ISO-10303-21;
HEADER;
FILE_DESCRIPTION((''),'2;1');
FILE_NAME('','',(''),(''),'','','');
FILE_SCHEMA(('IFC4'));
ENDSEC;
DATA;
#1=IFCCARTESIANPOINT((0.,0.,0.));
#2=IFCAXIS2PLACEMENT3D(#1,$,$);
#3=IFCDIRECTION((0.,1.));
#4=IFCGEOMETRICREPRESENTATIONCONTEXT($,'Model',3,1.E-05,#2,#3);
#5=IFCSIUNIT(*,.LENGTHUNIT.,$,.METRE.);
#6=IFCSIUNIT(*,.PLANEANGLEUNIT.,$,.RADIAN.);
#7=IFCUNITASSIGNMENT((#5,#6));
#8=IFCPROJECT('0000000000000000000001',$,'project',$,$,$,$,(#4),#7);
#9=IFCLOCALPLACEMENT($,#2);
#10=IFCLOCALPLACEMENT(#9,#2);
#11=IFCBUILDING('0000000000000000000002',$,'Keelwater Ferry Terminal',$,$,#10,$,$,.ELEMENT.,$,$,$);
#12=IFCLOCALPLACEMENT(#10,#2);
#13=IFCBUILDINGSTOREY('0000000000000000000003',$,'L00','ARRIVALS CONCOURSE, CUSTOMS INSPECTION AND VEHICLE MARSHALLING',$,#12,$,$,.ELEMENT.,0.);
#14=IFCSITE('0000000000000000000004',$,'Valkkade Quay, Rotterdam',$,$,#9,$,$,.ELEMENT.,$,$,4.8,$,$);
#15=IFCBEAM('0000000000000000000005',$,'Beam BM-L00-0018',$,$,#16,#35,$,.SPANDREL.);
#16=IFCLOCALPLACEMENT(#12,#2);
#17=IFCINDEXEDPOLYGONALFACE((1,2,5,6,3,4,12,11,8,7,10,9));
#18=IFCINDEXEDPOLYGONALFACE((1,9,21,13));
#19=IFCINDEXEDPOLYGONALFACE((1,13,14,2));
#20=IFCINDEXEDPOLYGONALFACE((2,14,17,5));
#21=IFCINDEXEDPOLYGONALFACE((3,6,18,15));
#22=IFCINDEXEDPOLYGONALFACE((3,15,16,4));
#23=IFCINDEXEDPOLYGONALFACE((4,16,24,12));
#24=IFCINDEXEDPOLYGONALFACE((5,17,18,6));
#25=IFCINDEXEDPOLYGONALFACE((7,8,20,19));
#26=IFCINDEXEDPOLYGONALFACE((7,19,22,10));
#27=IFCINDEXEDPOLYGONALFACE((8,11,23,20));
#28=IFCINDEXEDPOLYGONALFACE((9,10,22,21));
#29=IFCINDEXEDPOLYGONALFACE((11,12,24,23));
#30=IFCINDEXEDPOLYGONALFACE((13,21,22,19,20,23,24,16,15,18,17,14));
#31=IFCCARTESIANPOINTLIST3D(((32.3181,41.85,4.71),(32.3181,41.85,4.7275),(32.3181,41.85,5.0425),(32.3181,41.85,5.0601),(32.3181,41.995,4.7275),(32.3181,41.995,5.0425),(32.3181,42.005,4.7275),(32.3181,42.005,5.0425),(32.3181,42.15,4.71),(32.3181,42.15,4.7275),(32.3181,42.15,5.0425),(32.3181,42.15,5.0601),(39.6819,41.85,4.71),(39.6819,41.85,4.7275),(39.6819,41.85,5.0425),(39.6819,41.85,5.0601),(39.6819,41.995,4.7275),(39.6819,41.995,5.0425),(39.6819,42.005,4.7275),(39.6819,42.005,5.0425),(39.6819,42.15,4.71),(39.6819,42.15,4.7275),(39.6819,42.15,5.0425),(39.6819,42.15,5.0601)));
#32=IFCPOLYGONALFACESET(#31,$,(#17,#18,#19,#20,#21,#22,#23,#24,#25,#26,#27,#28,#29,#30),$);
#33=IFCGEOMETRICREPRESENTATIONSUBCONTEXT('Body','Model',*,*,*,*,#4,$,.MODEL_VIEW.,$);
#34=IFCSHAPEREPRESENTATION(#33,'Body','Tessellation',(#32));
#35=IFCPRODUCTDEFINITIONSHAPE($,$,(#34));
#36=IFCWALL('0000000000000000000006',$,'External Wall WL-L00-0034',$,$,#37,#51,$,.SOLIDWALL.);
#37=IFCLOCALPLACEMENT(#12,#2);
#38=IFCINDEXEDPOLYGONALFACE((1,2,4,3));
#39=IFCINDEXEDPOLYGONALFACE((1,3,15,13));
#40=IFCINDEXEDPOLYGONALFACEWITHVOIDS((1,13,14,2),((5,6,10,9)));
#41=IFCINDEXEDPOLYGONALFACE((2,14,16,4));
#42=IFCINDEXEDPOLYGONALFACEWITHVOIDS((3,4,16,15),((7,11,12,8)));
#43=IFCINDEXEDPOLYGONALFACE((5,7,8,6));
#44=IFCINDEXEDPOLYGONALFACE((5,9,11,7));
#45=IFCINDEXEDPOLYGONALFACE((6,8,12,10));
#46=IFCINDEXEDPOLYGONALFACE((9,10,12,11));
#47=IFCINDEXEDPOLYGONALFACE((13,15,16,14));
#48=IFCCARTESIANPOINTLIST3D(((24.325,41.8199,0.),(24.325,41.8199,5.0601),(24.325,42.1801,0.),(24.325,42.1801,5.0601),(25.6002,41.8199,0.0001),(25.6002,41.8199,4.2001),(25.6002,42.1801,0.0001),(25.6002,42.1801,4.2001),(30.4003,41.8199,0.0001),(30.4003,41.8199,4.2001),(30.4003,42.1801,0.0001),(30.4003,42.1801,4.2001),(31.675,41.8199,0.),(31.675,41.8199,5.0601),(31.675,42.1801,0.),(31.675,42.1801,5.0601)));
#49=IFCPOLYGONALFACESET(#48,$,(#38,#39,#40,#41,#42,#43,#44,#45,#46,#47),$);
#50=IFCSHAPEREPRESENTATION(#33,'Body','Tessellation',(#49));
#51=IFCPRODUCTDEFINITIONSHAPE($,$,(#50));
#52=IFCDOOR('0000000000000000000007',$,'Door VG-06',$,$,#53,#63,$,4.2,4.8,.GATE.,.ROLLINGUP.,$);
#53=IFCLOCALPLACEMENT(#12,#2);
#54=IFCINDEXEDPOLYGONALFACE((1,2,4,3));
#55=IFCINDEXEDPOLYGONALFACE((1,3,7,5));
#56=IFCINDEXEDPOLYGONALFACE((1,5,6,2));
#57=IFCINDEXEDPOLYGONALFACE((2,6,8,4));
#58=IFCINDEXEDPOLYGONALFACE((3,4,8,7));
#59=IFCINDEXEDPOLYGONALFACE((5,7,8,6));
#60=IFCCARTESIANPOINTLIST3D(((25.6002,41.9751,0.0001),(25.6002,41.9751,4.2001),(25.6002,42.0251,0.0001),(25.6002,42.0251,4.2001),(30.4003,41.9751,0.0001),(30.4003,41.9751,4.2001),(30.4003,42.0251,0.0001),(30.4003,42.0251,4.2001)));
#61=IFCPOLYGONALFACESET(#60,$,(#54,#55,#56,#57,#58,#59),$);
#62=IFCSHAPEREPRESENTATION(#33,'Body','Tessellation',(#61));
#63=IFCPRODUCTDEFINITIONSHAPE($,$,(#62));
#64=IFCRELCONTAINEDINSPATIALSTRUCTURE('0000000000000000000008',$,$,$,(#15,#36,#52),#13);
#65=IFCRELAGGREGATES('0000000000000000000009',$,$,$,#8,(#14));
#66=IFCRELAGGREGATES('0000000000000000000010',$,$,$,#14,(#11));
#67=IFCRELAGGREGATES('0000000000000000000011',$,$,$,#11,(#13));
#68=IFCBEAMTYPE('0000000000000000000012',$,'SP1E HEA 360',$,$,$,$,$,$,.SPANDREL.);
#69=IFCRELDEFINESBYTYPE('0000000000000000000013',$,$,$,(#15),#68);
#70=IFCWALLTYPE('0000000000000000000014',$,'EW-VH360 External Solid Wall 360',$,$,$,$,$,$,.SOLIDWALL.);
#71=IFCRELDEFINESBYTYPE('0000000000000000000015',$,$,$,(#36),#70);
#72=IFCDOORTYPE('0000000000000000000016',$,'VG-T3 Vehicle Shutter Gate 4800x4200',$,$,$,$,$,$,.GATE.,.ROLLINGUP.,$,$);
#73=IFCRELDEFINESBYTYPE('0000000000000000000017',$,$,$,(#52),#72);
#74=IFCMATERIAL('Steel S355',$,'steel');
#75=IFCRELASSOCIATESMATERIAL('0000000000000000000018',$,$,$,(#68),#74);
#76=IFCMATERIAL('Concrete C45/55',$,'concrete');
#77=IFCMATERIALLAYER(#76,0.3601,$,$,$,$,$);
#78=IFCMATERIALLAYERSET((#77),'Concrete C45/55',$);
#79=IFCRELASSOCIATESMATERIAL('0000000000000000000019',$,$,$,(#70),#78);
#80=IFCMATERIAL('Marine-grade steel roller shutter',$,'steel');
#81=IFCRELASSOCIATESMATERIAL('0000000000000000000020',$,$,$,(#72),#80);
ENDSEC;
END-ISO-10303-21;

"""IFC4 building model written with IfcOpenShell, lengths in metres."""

from ifc_helpers import new_model, si_unit, direction, frame, frame_2d, origin, origin_2d, place, context, subcontext, project, spatial, rectangle, i_section, extrude, material, layer, layer_set, material_profile, profile_set, type_object, element, fill, save


model = new_model("IFC4")

# Units and contexts
model_context = context("Model", 3, precision=1e-05, world=origin(), true_north=direction((0.0, 1.0)))
body_context = subcontext(model_context, "Body", "Model", "MODEL_VIEW")
ifc_project = project(units=[si_unit("LENGTHUNIT", "METRE"), si_unit("PLANEANGLEUNIT", "RADIAN")], contexts=[model_context])

# Site, building, storey
site_placement = place(None, origin())
site = spatial("IfcSite", under=ifc_project, at=site_placement, Name="Valkkade Quay, Rotterdam", CompositionType="ELEMENT", RefElevation=4.8)
building_placement = place(site_placement, origin())
building = spatial("IfcBuilding", under=site, at=building_placement, Name="Keelwater Ferry Terminal", CompositionType="ELEMENT")
storey_placement = place(building_placement, origin())
storey = spatial("IfcBuildingStorey", under=building, at=storey_placement, Name="L00", Description="ARRIVALS CONCOURSE, CUSTOMS INSPECTION AND VEHICLE MARSHALLING", CompositionType="ELEMENT", Elevation=0.0)

# Beam
ifc_material_1 = material(Name="Steel S355", Category="steel")
ifc_material_profile_1 = material_profile(ifc_material_1, i_section(OverallWidth=0.3, OverallDepth=0.3501, WebThickness=0.01, FlangeThickness=0.0176, at=origin_2d()), Name="HEA 360")
ifc_profile_set_1 = profile_set([ifc_material_profile_1], Name="Steel S355")
beam_type_1 = type_object("IfcBeamType", Name="SP1E HEA 360", PredefinedType="SPANDREL", material=ifc_profile_set_1)
beam_placement = place(storey_placement, frame((32.3181, 42.0, 4.885), z_axis=(1.0, 0.0, 0.0), x_axis=(0.0, 1.0, 0.0)))
element("IfcBeam", 1, at=beam_placement, inside=storey, type_object=beam_type_1, Name="Beam BM-L00-0018", PredefinedType="SPANDREL", context=body_context, shape_type="SweptSolid", body=[
    extrude(i_section(OverallWidth=0.3, OverallDepth=0.3501, WebThickness=0.01, FlangeThickness=0.0176, at=origin_2d()), origin(), (0.0, 0.0, 1.0), 7.3638),
])

# Wall, opening, door
ifc_material_2 = material(Name="Concrete C45/55", Category="concrete")
ifc_layer = layer(ifc_material_2, 0.3601)
ifc_layer_set = layer_set([ifc_layer], Name="Concrete C45/55")
wall_type = type_object("IfcWallType", Name="EW-VH360 External Solid Wall 360", PredefinedType="SOLIDWALL", material=ifc_layer_set)
wall_placement = place(storey_placement, frame((31.675, 42.0, 0.0), z_axis=(0.0, 0.0, 1.0), x_axis=(-1.0, 0.0, 0.0)))
wall = element("IfcWall", 2, at=wall_placement, inside=storey, type_object=wall_type, Name="External Wall WL-L00-0034", PredefinedType="SOLIDWALL", context=body_context, shape_type="SweptSolid", body=[
    extrude(rectangle(XDim=7.3501, YDim=0.3601, at=frame_2d((3.675, 0.0))), origin(), (0.0, 0.0, 1.0), 5.0601),
])
opening_placement = place(wall_placement, frame((1.2749, 0.0, 0.0)))
opening = element("IfcOpeningElement", 3, at=opening_placement, cuts=wall, PredefinedType="OPENING", context=body_context, shape_type="SweptSolid", body=[
    extrude(rectangle(XDim=4.8, YDim=4.2, at=frame_2d((2.3999, 2.1001))), frame((0.0, 0.1902, 0.0), z_axis=(0.0, -1.0, 0.0), x_axis=(1.0, 0.0, 0.0)), (0.0, 0.0, 1.0), 0.3801),
])
ifc_material_3 = material(Name="Marine-grade steel roller shutter", Category="steel")
door_type = type_object("IfcDoorType", Name="VG-T3 Vehicle Shutter Gate 4800x4200", OperationType="ROLLINGUP", PredefinedType="GATE", material=ifc_material_3)
door_placement = place(opening_placement, origin())
door = element("IfcDoor", 4, at=door_placement, inside=storey, type_object=door_type, Name="Door VG-06", OperationType="ROLLINGUP", OverallHeight=4.2, OverallWidth=4.8, PredefinedType="GATE", context=body_context, shape_type="SweptSolid", body=[
    extrude(rectangle(XDim=4.8, YDim=4.2, at=frame_2d((2.3999, 2.1001))), frame((0.0, 0.0249, 0.0), z_axis=(0.0, -1.0, 0.0), x_axis=(1.0, 0.0, 0.0)), (0.0, 0.0, 1.0), 0.05),
])
fill(opening, door)

save(model, "model.ifc")
